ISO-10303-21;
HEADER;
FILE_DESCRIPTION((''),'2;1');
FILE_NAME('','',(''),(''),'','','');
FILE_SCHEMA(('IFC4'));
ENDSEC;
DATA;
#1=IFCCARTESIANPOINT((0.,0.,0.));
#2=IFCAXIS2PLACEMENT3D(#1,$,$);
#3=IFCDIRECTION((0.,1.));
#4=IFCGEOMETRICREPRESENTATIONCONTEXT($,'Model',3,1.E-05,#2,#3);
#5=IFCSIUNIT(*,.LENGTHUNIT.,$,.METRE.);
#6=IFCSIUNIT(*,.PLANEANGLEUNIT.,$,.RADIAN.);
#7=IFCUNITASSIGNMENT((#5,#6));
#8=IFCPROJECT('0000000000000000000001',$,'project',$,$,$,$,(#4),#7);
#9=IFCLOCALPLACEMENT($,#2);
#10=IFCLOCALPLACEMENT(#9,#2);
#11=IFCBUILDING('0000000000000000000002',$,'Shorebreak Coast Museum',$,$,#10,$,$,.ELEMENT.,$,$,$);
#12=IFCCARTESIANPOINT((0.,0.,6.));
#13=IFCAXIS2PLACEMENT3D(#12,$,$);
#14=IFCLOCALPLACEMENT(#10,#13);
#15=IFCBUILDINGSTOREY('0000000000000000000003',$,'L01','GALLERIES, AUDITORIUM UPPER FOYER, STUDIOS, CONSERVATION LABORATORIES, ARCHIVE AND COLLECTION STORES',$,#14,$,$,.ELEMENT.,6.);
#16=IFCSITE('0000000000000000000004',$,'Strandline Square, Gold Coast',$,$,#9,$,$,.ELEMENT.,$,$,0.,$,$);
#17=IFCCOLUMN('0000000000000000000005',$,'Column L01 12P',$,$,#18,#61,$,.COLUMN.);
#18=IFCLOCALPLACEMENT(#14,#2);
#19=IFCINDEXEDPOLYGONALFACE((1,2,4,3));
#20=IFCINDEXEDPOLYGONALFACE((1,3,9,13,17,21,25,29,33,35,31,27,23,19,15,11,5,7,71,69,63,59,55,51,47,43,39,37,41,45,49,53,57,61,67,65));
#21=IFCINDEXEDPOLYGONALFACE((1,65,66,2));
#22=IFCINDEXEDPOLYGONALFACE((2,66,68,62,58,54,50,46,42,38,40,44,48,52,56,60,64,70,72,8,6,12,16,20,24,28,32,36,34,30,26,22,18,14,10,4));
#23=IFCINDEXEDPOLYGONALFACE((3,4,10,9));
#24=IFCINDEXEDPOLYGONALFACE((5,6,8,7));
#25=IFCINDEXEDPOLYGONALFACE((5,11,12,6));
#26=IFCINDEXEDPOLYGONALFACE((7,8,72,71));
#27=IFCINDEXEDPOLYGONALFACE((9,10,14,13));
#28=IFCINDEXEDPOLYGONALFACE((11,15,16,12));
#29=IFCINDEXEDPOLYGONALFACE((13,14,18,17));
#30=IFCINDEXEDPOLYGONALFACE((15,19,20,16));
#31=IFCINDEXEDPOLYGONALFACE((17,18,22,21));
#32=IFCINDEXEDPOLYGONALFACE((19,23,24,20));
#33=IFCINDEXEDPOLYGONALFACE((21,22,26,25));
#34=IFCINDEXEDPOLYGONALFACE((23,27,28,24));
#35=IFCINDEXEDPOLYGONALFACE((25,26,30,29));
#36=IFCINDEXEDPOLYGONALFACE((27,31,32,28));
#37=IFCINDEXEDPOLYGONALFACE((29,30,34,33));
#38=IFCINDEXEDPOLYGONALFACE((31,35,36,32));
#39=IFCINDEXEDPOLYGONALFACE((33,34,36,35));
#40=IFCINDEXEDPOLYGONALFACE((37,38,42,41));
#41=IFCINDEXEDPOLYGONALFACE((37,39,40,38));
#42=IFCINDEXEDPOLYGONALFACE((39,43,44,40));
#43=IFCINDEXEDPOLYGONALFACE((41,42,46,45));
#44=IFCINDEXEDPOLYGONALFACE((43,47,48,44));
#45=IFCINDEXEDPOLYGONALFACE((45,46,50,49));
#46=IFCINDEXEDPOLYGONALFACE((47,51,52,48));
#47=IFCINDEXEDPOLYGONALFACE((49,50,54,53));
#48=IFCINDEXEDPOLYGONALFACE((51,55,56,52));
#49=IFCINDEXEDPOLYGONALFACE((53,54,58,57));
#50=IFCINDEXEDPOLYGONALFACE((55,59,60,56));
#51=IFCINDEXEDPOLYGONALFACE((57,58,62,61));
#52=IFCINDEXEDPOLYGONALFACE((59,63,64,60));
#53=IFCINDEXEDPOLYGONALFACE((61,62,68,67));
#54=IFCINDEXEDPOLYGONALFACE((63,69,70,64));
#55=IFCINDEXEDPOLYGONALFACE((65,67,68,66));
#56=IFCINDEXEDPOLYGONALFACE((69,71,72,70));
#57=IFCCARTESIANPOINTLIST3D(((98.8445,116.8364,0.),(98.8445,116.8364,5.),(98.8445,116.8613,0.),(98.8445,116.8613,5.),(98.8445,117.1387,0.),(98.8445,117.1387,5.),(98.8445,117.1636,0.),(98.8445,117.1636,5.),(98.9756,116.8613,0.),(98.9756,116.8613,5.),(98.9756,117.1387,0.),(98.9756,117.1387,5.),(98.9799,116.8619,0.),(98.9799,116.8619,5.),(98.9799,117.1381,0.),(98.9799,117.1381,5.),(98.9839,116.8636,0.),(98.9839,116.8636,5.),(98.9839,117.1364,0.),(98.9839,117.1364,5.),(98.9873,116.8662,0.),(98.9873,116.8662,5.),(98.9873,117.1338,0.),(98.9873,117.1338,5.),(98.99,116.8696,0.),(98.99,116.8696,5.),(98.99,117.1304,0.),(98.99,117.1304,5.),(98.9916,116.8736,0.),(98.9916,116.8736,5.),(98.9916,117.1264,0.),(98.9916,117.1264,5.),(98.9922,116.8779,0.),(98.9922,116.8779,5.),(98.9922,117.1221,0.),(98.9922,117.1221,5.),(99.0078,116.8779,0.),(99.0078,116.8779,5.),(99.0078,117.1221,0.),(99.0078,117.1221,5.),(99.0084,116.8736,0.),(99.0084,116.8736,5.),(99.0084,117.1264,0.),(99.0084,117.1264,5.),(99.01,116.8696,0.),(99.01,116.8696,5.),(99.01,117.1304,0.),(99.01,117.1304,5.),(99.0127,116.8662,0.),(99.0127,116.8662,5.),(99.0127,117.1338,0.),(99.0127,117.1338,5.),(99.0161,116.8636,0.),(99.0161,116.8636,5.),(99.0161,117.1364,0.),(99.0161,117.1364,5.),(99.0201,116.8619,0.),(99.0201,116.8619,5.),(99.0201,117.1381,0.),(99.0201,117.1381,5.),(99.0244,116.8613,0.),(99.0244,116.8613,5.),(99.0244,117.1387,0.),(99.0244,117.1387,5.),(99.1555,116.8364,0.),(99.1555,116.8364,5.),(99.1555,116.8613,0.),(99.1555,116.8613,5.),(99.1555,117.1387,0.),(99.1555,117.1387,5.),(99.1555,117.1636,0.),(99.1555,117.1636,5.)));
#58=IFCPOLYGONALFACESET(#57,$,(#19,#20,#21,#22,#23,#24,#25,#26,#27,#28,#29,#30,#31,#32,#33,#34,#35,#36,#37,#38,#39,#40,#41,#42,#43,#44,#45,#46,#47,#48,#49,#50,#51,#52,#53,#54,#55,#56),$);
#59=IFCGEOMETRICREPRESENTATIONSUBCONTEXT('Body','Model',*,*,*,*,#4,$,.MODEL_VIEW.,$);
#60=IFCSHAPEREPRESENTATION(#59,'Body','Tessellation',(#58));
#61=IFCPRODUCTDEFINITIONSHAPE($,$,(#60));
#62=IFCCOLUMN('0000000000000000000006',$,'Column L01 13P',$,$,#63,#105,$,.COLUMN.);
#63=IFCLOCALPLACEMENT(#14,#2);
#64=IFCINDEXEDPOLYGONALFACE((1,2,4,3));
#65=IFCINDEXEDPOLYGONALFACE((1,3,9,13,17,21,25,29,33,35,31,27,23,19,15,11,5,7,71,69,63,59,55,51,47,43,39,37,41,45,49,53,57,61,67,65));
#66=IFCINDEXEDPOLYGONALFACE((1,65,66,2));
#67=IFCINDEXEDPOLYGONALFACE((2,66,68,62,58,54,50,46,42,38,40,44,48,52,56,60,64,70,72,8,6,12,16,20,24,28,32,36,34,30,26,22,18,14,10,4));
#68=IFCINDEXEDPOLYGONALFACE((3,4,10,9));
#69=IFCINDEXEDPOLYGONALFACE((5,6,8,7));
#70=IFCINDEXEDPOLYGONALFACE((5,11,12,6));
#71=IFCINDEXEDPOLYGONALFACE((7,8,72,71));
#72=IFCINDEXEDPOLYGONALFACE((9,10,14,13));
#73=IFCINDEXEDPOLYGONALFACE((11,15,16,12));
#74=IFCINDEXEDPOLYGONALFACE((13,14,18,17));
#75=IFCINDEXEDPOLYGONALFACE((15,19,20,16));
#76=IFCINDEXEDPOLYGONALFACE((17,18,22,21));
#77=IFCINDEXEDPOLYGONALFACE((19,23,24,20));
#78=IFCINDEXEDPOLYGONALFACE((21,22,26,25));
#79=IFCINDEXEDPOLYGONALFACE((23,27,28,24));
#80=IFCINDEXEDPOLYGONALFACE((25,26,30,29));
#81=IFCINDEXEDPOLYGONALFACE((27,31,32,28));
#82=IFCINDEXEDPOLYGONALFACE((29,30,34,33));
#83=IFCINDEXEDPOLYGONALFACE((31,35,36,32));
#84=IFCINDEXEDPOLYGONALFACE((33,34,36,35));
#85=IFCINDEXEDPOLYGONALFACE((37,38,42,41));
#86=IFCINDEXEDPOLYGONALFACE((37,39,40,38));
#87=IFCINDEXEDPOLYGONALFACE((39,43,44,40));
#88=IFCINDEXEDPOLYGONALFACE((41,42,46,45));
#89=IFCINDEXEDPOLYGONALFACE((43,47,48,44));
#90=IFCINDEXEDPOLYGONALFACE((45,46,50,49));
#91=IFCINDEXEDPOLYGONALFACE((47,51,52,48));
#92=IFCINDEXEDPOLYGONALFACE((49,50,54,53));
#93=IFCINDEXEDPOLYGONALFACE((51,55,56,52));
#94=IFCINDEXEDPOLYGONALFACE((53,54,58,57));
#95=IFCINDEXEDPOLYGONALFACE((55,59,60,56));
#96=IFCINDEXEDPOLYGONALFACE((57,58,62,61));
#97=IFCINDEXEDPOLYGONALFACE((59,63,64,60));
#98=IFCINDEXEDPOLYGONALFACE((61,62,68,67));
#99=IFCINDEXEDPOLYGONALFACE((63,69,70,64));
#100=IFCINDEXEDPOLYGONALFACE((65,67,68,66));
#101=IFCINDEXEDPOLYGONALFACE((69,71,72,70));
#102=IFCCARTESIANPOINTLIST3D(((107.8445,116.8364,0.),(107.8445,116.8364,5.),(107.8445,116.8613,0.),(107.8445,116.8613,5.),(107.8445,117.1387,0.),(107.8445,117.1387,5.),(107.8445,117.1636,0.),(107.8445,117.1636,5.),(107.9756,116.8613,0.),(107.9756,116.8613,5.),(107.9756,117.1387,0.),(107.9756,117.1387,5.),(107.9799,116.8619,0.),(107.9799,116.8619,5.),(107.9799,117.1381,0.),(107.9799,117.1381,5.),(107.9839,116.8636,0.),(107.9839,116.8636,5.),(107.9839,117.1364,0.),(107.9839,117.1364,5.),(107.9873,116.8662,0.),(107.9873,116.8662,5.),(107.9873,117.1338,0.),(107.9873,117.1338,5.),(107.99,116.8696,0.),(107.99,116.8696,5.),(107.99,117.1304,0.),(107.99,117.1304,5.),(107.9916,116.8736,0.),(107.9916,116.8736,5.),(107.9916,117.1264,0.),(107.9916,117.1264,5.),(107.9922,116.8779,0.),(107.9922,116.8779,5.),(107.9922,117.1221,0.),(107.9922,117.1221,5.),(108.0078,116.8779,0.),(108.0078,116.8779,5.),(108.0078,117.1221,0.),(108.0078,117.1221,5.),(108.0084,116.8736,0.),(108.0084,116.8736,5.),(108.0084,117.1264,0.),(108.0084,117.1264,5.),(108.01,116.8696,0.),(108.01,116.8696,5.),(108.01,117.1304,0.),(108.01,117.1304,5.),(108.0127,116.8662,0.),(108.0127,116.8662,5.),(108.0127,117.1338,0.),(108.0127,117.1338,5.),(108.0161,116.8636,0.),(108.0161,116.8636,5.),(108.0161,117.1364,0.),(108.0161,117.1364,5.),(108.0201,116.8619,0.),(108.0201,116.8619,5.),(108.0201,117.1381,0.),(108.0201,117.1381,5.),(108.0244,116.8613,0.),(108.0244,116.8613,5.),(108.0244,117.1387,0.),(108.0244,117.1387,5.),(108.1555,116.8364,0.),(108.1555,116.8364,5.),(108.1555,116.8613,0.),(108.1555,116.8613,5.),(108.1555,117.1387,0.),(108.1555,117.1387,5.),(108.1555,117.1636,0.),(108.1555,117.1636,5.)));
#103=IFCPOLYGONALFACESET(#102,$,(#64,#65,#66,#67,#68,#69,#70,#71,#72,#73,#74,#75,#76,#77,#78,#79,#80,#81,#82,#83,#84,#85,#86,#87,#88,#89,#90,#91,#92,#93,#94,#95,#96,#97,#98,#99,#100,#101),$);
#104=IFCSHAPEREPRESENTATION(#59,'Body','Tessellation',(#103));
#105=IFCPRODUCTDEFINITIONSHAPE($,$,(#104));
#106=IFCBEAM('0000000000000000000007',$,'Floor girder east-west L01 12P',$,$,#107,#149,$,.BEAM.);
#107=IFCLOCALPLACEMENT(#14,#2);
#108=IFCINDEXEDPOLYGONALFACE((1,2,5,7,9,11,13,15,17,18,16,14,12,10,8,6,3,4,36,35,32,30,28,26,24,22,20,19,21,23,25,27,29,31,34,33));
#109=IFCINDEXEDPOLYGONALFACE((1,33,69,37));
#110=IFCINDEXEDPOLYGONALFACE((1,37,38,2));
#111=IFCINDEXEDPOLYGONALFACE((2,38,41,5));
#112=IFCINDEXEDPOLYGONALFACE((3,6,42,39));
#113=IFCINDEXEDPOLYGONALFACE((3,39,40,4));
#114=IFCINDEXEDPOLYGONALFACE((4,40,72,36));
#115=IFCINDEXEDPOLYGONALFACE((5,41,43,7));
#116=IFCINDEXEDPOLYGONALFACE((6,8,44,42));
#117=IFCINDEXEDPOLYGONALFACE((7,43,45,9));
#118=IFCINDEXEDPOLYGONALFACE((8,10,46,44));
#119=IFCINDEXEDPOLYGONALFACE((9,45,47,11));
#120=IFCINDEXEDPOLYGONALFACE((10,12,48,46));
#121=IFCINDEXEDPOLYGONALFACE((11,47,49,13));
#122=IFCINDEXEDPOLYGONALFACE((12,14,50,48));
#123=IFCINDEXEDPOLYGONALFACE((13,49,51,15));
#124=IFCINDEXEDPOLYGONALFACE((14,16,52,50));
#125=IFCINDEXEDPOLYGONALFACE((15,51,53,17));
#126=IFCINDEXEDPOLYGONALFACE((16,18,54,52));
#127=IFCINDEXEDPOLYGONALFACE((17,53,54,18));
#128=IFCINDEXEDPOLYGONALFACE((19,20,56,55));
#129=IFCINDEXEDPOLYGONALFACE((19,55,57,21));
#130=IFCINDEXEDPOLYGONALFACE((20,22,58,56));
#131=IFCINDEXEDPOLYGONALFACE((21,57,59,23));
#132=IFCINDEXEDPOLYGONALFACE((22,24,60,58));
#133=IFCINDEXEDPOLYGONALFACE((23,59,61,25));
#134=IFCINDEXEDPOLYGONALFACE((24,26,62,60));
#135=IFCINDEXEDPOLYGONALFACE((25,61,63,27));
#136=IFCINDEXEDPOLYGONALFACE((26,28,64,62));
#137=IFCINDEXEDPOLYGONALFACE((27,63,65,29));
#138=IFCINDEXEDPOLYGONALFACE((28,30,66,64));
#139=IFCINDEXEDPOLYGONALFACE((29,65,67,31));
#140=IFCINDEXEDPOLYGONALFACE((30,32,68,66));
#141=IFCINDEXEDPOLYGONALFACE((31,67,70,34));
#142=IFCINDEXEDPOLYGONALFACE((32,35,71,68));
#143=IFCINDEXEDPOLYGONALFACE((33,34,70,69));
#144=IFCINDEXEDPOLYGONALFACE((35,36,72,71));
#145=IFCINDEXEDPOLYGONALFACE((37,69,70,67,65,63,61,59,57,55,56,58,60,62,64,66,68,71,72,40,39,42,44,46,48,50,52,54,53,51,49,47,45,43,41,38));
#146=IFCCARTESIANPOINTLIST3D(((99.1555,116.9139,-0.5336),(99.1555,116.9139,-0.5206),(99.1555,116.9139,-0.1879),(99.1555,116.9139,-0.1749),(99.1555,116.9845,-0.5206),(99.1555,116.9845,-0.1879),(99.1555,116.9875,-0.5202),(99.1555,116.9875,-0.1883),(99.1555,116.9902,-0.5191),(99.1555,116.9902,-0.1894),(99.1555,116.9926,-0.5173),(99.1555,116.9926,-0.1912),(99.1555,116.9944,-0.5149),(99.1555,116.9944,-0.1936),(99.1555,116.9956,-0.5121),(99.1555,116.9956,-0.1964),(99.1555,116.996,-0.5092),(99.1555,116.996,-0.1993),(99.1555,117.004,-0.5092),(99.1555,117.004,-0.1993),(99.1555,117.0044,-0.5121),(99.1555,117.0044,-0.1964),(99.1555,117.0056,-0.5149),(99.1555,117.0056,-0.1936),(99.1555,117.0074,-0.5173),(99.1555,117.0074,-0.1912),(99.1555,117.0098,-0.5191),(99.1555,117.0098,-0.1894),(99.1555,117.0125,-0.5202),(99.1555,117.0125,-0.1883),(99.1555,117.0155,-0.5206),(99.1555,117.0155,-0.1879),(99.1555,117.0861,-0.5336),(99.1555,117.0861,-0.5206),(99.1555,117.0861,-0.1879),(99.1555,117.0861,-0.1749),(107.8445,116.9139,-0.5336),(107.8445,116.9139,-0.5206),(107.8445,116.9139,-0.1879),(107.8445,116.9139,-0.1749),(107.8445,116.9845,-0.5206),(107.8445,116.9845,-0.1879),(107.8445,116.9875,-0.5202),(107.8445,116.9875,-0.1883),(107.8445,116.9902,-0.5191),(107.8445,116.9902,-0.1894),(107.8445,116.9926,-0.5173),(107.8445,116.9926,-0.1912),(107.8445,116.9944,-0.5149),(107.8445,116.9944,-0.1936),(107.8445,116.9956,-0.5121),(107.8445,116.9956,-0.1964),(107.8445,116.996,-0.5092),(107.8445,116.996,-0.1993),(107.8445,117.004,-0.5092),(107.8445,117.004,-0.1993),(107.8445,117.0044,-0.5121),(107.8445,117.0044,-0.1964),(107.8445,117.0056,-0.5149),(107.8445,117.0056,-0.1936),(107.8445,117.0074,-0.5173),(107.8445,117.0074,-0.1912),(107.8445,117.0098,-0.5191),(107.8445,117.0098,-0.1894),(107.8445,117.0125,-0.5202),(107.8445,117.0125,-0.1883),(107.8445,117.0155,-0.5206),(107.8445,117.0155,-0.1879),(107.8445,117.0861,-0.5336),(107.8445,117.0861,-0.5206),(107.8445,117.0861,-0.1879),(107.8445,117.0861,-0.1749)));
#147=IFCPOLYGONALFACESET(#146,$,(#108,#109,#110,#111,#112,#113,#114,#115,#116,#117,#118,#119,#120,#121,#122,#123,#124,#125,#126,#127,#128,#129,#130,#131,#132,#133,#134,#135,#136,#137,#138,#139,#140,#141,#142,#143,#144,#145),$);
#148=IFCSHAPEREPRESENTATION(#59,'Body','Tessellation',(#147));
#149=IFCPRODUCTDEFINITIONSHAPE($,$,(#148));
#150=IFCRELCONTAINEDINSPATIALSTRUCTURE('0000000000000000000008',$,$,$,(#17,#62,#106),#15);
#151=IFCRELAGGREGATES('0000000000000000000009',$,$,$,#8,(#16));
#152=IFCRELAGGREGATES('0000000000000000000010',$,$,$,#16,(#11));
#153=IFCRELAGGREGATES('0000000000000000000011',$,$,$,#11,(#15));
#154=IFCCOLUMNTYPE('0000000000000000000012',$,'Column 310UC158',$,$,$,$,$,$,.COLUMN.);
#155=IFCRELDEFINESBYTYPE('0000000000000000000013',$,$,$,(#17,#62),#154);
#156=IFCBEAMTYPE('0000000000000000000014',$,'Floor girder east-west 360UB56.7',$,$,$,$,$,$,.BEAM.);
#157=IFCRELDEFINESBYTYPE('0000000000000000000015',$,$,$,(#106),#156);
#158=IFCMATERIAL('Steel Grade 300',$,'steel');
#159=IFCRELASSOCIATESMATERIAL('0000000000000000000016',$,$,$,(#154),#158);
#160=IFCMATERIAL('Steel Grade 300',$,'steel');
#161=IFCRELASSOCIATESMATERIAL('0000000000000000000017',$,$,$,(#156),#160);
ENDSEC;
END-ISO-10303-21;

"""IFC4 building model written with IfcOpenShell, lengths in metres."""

from ifc_helpers import new_model, si_unit, direction, frame, origin, origin_2d, place, context, subcontext, project, spatial, i_section, extrude, material, material_profile, profile_set, type_object, element, save


model = new_model("IFC4")

# Units and contexts
model_context = context("Model", 3, precision=1e-05, world=origin(), true_north=direction((0.0, 1.0)))
body_context = subcontext(model_context, "Body", "Model", "MODEL_VIEW")
ifc_project = project(units=[si_unit("LENGTHUNIT", "METRE"), si_unit("PLANEANGLEUNIT", "RADIAN")], contexts=[model_context])

# Site, building, storey
site_placement = place(None, origin())
site = spatial("IfcSite", under=ifc_project, at=site_placement, Name="Strandline Square, Gold Coast", CompositionType="ELEMENT", RefElevation=0.0)
building_placement = place(site_placement, origin())
building = spatial("IfcBuilding", under=site, at=building_placement, Name="Shorebreak Coast Museum", CompositionType="ELEMENT")
storey_placement = place(building_placement, frame((0.0, 0.0, 6.0)))
storey = spatial("IfcBuildingStorey", under=building, at=storey_placement, Name="L01", Description="GALLERIES, AUDITORIUM UPPER FOYER, STUDIOS, CONSERVATION LABORATORIES, ARCHIVE AND COLLECTION STORES", CompositionType="ELEMENT", Elevation=6.0)

# Columns
ifc_material_1 = material(Name="Steel Grade 300", Category="steel")
ifc_material_profile_1 = material_profile(ifc_material_1, i_section(OverallWidth=0.311, OverallDepth=0.3271, WebThickness=0.0156, FlangeThickness=0.0249, FilletRadius=0.0166, at=origin_2d()), Name="310UC158")
ifc_profile_set_1 = profile_set([ifc_material_profile_1], Name="Steel Grade 300")
column_type = type_object("IfcColumnType", Name="Column 310UC158", PredefinedType="COLUMN", material=ifc_profile_set_1)
for number, where, z_axis, x_axis, name in (
    (1, (99.0, 117.0, 0.0), (0.0, 0.0, 1.0), (1.0, 0.0, 0.0), "Column L01 12P"),
    (2, (108.0, 117.0, 0.0), (0.0, 0.0, 1.0), (1.0, 0.0, 0.0), "Column L01 13P"),
):
    element("IfcColumn", number, at=place(storey_placement, frame(where, z_axis=z_axis, x_axis=x_axis)), inside=storey, type_object=column_type, Name=name, PredefinedType="COLUMN", context=body_context, shape_type="SweptSolid", body=[
        extrude(i_section(OverallWidth=0.311, OverallDepth=0.3271, WebThickness=0.0156, FlangeThickness=0.0249, FilletRadius=0.0166, at=origin_2d()), origin(), (0.0, 0.0, 1.0), 5.0),
    ])

# Beam
ifc_material_2 = material(Name="Steel Grade 300", Category="steel")
ifc_material_profile_2 = material_profile(ifc_material_2, i_section(OverallWidth=0.1721, OverallDepth=0.3586, WebThickness=0.0081, FlangeThickness=0.0129, FilletRadius=0.0115, at=origin_2d()), Name="360UB56.7")
ifc_profile_set_2 = profile_set([ifc_material_profile_2], Name="Steel Grade 300")
beam_type = type_object("IfcBeamType", Name="Floor girder east-west 360UB56.7", PredefinedType="BEAM", material=ifc_profile_set_2)
beam_placement = place(storey_placement, frame((99.1555, 117.0, -0.3542), z_axis=(1.0, 0.0, 0.0), x_axis=(0.0, 1.0, 0.0)))
element("IfcBeam", 3, at=beam_placement, inside=storey, type_object=beam_type, Name="Floor girder east-west L01 12P", PredefinedType="BEAM", context=body_context, shape_type="SweptSolid", body=[
    extrude(i_section(OverallWidth=0.1721, OverallDepth=0.3586, WebThickness=0.0081, FlangeThickness=0.0129, FilletRadius=0.0115, at=origin_2d()), origin(), (0.0, 0.0, 1.0), 8.689),
])

save(model, "model.ifc")
